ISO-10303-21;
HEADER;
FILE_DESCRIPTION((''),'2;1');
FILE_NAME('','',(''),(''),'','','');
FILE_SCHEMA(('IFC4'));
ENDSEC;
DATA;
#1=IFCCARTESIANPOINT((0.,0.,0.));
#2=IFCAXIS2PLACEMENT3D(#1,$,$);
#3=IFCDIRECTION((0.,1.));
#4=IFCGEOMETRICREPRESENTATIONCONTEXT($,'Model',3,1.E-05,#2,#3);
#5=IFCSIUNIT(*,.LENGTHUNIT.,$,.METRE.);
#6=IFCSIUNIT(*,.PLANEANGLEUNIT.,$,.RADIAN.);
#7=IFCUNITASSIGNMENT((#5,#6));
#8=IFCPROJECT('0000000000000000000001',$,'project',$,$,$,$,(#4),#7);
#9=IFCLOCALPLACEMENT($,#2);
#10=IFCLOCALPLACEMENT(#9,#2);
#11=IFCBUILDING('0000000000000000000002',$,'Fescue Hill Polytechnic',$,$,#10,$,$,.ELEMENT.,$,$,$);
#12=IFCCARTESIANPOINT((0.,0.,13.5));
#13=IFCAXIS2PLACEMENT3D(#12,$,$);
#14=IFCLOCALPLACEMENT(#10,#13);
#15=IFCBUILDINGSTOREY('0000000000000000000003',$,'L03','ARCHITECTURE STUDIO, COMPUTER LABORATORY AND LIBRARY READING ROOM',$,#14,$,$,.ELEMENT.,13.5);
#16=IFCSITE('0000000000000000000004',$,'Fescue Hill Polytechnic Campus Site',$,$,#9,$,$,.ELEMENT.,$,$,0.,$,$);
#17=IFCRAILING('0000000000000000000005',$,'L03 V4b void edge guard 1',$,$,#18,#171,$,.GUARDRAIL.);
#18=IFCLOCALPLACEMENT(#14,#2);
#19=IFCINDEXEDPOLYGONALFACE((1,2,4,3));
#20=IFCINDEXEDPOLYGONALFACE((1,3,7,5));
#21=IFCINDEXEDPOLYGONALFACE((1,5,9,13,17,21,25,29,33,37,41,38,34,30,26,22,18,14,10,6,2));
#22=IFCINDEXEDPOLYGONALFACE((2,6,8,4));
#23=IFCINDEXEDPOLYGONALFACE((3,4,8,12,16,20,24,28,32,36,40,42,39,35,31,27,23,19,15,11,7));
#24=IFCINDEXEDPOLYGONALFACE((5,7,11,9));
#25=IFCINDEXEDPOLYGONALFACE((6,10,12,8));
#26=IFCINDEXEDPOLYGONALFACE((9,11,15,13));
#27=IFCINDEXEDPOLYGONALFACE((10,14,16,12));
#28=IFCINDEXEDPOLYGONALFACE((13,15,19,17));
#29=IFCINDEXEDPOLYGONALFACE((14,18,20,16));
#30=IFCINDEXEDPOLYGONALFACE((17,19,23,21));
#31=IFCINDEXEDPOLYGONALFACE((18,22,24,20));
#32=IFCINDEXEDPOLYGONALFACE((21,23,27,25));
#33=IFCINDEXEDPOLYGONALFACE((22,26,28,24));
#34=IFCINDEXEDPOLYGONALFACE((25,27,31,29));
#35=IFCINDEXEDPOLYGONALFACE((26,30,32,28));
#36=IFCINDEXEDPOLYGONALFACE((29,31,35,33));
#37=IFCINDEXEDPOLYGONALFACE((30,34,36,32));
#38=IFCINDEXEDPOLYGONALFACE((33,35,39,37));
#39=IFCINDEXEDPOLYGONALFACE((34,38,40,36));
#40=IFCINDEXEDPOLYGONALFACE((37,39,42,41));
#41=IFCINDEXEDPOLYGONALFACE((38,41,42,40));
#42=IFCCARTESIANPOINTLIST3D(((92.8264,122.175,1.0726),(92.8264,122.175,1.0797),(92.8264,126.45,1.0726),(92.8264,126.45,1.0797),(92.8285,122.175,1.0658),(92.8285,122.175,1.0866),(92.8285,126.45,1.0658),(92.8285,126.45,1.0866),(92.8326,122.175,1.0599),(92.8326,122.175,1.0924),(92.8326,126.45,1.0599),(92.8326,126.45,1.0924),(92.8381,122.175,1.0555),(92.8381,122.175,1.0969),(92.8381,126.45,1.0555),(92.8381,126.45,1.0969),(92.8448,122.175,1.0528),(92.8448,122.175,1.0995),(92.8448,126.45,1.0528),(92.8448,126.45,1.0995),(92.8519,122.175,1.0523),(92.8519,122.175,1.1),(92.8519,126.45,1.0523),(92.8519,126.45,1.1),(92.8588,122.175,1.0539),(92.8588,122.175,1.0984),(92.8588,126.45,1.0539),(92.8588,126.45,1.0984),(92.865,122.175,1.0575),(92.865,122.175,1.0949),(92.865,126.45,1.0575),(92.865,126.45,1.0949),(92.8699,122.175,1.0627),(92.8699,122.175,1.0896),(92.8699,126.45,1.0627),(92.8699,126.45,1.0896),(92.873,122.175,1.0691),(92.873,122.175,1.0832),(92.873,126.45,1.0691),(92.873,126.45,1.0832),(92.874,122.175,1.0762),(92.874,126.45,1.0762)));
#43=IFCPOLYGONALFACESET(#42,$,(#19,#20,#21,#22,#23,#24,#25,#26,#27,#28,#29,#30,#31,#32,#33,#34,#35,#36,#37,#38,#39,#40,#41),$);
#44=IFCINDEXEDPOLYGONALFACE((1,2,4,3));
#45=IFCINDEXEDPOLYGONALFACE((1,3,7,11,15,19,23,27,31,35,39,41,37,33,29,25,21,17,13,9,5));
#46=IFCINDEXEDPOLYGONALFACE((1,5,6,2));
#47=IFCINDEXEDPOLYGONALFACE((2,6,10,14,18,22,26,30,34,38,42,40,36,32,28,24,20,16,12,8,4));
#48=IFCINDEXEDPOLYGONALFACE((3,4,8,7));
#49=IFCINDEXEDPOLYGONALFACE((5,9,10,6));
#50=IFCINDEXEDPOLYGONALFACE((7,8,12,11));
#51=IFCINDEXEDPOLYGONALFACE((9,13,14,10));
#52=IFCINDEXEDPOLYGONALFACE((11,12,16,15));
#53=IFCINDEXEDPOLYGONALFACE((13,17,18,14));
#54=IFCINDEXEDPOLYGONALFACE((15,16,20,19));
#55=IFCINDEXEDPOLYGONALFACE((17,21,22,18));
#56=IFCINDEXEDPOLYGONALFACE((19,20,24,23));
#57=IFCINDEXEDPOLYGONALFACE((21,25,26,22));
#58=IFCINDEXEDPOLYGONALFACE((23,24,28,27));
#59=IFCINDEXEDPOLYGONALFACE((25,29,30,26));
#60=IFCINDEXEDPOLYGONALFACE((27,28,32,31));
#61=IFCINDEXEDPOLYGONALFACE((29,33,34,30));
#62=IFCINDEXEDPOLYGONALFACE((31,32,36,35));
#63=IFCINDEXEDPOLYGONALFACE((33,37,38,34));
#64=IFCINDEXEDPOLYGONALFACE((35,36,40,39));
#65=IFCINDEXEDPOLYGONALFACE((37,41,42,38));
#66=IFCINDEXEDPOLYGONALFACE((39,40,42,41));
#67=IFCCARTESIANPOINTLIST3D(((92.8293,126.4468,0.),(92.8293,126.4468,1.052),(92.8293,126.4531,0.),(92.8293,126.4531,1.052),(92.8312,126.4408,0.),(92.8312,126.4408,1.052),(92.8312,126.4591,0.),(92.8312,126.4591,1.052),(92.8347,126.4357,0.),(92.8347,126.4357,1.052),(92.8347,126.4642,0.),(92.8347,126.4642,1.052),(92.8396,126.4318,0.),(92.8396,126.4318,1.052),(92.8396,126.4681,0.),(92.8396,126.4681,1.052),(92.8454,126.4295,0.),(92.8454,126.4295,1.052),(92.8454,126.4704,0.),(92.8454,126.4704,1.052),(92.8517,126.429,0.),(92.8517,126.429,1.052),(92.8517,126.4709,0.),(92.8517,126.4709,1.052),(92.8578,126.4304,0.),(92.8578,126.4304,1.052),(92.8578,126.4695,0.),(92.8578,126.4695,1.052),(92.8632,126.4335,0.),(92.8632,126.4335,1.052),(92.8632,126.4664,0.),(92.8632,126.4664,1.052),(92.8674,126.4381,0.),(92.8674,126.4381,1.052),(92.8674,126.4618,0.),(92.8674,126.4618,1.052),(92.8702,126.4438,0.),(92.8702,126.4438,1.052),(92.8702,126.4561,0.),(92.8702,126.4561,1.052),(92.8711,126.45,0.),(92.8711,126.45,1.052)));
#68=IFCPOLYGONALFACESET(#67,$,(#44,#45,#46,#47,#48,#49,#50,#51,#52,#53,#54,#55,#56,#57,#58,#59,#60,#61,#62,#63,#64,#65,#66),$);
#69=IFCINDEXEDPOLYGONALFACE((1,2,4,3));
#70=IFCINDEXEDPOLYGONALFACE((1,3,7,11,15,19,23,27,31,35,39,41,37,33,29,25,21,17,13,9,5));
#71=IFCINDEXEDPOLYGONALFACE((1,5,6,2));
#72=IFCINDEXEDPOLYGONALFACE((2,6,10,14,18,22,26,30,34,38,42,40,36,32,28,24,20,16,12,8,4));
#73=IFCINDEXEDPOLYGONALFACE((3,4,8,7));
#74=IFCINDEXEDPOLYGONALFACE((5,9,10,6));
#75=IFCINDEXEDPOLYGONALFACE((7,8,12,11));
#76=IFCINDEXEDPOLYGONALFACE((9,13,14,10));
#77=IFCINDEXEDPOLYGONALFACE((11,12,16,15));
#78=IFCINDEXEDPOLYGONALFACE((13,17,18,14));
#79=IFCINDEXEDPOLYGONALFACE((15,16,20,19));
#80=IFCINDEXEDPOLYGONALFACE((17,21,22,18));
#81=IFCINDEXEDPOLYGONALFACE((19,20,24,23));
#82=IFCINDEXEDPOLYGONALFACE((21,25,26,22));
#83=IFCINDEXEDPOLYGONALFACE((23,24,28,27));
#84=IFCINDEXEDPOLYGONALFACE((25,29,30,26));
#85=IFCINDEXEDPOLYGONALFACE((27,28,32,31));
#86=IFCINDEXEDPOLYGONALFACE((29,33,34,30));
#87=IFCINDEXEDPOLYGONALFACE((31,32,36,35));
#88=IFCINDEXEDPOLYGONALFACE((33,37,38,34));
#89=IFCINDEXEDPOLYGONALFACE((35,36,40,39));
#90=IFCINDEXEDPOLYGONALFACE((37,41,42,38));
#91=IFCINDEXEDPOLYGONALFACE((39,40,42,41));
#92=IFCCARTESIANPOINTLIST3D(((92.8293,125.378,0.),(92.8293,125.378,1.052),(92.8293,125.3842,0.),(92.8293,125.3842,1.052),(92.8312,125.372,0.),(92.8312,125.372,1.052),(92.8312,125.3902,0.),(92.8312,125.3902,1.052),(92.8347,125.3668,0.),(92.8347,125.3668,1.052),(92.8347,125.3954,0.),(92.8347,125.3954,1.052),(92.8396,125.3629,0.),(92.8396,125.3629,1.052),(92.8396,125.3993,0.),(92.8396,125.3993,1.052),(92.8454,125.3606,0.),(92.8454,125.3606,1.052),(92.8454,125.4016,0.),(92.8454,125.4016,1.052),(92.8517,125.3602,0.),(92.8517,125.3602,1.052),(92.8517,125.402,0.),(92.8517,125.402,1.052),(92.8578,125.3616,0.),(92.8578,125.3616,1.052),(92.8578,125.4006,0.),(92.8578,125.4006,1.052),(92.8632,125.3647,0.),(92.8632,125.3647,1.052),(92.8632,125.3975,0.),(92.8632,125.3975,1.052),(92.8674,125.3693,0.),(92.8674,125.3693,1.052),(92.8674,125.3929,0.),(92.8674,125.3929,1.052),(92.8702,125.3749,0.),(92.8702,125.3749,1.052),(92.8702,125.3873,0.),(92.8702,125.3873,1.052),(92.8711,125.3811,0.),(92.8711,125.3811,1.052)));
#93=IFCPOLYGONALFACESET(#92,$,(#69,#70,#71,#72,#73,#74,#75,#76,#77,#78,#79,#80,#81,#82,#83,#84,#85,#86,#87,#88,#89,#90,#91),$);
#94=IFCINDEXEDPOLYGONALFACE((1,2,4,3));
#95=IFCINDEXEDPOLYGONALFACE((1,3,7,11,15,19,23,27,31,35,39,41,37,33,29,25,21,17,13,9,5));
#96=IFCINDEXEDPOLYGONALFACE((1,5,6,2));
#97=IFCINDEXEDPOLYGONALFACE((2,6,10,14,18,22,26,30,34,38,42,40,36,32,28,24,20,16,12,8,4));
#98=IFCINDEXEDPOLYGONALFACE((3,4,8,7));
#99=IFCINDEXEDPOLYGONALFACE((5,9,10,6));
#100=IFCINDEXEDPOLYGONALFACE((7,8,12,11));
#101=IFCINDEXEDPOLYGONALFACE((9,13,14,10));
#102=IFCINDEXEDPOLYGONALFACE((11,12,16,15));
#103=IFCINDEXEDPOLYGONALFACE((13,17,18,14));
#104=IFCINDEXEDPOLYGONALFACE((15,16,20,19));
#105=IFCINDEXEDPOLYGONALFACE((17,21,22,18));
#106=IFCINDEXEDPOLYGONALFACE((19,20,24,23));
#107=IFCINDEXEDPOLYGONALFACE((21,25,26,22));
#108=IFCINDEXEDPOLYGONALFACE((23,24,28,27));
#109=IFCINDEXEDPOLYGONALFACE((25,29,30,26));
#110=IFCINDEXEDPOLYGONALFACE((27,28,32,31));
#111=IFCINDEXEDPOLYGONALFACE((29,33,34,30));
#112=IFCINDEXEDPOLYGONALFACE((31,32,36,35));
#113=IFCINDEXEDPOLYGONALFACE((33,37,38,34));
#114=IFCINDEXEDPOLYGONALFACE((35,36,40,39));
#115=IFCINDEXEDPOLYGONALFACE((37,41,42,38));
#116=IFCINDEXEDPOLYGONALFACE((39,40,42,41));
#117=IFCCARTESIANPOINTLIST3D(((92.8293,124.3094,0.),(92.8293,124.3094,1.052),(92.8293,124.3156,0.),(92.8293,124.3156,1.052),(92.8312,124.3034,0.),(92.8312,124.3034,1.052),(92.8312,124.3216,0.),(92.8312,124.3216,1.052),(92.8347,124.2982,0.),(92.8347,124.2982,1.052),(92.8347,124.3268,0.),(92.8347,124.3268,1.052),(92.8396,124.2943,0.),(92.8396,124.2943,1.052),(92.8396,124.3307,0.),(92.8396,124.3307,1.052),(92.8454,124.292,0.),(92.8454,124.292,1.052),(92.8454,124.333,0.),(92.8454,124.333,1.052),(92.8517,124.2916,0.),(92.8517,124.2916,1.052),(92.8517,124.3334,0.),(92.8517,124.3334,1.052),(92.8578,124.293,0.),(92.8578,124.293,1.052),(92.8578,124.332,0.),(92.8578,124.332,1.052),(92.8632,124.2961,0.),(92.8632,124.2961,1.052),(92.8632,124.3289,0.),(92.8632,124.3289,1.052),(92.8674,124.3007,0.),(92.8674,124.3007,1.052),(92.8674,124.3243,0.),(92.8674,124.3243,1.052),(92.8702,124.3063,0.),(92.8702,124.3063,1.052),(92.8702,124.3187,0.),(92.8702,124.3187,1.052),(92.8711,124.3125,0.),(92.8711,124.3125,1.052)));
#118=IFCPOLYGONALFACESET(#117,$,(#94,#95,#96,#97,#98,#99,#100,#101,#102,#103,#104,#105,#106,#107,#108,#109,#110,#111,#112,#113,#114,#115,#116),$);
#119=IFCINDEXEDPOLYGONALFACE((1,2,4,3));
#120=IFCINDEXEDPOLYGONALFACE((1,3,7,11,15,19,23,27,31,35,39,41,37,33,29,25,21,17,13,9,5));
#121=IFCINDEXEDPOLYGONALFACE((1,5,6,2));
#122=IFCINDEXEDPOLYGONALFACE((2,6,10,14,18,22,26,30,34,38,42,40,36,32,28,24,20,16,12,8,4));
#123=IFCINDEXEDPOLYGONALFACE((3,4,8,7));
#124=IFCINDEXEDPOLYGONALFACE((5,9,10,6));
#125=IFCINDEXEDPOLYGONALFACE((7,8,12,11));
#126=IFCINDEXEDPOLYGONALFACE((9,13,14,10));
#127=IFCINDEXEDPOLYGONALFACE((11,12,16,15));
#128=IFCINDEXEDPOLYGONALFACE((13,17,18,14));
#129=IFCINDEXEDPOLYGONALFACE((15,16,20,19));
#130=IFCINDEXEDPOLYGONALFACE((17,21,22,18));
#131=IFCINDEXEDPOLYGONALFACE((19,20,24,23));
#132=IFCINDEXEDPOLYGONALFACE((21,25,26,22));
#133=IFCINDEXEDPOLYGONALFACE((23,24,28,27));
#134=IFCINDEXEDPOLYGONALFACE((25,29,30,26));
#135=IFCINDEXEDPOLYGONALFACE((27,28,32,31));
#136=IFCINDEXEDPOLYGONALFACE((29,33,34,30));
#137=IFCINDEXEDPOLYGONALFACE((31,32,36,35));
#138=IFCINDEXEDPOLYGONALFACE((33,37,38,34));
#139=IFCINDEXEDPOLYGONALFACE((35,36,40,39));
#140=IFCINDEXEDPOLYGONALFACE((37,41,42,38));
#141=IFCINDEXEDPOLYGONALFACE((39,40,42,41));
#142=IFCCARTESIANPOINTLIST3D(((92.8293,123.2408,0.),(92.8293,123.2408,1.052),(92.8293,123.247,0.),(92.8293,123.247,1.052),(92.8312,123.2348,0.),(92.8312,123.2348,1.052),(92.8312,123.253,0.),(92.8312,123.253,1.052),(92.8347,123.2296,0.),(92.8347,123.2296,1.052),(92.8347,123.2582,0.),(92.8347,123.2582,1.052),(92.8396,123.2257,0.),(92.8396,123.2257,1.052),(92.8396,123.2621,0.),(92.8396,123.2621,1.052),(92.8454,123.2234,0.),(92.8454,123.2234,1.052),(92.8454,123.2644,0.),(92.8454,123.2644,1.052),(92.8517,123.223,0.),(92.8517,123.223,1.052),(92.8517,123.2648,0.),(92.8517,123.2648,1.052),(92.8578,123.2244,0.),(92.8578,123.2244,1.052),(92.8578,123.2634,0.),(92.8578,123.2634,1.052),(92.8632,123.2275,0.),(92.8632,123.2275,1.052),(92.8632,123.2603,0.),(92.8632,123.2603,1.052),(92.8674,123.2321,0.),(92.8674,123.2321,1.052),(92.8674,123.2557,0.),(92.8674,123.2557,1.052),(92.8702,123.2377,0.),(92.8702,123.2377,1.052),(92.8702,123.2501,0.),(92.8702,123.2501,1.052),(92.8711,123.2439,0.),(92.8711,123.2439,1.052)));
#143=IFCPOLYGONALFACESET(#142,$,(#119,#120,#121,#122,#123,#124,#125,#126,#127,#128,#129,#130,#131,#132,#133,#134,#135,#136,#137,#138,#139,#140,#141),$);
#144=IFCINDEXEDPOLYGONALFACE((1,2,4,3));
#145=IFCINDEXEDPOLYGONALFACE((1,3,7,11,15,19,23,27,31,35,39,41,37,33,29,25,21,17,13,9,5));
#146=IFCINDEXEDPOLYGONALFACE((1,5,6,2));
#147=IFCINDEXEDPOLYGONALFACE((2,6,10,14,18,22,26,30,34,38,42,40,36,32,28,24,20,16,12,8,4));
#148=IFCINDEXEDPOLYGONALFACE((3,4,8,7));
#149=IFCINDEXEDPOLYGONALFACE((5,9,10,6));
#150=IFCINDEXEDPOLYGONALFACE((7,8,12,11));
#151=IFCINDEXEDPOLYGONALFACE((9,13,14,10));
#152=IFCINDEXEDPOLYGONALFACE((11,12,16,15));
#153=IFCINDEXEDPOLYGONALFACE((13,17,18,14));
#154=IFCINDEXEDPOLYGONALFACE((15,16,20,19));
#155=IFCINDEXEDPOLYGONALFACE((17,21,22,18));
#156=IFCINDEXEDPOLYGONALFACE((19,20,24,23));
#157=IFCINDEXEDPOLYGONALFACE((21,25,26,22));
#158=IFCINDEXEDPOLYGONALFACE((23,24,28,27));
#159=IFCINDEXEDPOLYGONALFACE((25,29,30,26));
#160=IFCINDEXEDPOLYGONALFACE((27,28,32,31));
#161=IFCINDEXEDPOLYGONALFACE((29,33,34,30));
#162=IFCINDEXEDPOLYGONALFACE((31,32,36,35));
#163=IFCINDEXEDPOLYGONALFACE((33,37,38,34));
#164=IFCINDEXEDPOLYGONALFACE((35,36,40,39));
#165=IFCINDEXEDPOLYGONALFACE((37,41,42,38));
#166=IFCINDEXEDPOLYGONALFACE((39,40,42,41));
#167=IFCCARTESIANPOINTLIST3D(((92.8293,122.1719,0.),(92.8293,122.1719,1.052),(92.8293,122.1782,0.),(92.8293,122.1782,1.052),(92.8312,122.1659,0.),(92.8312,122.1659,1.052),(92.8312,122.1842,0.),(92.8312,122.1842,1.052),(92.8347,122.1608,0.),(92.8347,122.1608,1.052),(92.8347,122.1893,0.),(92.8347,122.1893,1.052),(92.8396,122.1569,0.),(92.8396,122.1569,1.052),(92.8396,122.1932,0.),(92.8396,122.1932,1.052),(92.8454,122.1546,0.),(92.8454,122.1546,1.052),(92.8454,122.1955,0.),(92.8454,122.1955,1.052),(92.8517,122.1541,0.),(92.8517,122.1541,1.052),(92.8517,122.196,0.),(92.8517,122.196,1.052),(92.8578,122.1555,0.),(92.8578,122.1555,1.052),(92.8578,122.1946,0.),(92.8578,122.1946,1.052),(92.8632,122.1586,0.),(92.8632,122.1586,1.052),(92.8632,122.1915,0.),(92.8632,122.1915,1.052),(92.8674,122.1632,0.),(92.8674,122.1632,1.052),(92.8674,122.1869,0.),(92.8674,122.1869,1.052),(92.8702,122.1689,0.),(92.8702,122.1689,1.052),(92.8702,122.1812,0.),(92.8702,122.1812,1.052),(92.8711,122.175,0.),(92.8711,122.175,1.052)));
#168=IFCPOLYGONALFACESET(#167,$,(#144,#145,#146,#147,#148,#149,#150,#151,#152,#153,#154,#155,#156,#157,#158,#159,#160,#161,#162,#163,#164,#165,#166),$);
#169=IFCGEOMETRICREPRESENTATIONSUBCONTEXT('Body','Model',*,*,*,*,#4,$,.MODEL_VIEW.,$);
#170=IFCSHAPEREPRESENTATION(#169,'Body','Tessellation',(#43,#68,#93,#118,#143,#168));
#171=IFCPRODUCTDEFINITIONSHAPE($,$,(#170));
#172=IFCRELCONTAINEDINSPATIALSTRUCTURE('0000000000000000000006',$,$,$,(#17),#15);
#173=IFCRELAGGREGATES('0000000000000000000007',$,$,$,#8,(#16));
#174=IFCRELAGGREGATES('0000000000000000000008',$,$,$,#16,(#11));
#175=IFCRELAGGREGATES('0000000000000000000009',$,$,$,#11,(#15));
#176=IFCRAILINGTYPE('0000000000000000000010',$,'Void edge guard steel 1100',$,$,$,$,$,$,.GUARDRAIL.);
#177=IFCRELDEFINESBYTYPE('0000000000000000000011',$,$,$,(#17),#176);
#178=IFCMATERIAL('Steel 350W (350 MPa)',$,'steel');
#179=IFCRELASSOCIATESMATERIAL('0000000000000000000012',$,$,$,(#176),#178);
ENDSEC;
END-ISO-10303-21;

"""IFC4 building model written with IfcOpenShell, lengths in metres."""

from ifc_helpers import new_model, si_unit, direction, frame, origin, origin_2d, place, context, subcontext, project, spatial, circle, extrude, material, type_object, element, save


model = new_model("IFC4")

# Units and contexts
model_context = context("Model", 3, precision=1e-05, world=origin(), true_north=direction((0.0, 1.0)))
body_context = subcontext(model_context, "Body", "Model", "MODEL_VIEW")
ifc_project = project(units=[si_unit("LENGTHUNIT", "METRE"), si_unit("PLANEANGLEUNIT", "RADIAN")], contexts=[model_context])

# Site, building, storey
site_placement = place(None, origin())
site = spatial("IfcSite", under=ifc_project, at=site_placement, Name="Fescue Hill Polytechnic Campus Site", CompositionType="ELEMENT", RefElevation=0.0)
building_placement = place(site_placement, origin())
building = spatial("IfcBuilding", under=site, at=building_placement, Name="Fescue Hill Polytechnic", CompositionType="ELEMENT")
storey_placement = place(building_placement, frame((0.0, 0.0, 13.5)))
storey = spatial("IfcBuildingStorey", under=building, at=storey_placement, Name="L03", Description="ARCHITECTURE STUDIO, COMPUTER LABORATORY AND LIBRARY READING ROOM", CompositionType="ELEMENT", Elevation=13.5)

# Railing
ifc_material_1 = material(Name="Steel 350W (350 MPa)", Category="steel")
railing_type_1 = type_object("IfcRailingType", Name="Void edge guard steel 1100", PredefinedType="GUARDRAIL", material=ifc_material_1)
railing_1_placement = place(storey_placement, frame((92.8501, 126.45, 0.0)))
element("IfcRailing", 1, at=railing_1_placement, inside=storey, type_object=railing_type_1, Name="L03 V4b void edge guard 1", PredefinedType="GUARDRAIL", context=body_context, shape_type="SweptSolid", body=[
    extrude(circle(Radius=0.0239, at=origin_2d()), frame((0.0, 0.0, 1.0762), z_axis=(0.0, -1.0, 0.0), x_axis=(1.0, 0.0, 0.0)), (0.0, 0.0, 1.0), 4.2749),
    extrude(circle(Radius=0.021, at=origin_2d()), origin(), (0.0, 0.0, 1.0), 1.052),
    extrude(circle(Radius=0.021, at=origin_2d()), frame((0.0, -1.0688, 0.0)), (0.0, 0.0, 1.0), 1.052),
    extrude(circle(Radius=0.021, at=origin_2d()), frame((0.0, -2.1375, 0.0)), (0.0, 0.0, 1.0), 1.052),
    extrude(circle(Radius=0.021, at=origin_2d()), frame((0.0, -3.2061, 0.0)), (0.0, 0.0, 1.0), 1.052),
    extrude(circle(Radius=0.021, at=origin_2d()), frame((0.0, -4.2749, 0.0)), (0.0, 0.0, 1.0), 1.052),
])

save(model, "model.ifc")
